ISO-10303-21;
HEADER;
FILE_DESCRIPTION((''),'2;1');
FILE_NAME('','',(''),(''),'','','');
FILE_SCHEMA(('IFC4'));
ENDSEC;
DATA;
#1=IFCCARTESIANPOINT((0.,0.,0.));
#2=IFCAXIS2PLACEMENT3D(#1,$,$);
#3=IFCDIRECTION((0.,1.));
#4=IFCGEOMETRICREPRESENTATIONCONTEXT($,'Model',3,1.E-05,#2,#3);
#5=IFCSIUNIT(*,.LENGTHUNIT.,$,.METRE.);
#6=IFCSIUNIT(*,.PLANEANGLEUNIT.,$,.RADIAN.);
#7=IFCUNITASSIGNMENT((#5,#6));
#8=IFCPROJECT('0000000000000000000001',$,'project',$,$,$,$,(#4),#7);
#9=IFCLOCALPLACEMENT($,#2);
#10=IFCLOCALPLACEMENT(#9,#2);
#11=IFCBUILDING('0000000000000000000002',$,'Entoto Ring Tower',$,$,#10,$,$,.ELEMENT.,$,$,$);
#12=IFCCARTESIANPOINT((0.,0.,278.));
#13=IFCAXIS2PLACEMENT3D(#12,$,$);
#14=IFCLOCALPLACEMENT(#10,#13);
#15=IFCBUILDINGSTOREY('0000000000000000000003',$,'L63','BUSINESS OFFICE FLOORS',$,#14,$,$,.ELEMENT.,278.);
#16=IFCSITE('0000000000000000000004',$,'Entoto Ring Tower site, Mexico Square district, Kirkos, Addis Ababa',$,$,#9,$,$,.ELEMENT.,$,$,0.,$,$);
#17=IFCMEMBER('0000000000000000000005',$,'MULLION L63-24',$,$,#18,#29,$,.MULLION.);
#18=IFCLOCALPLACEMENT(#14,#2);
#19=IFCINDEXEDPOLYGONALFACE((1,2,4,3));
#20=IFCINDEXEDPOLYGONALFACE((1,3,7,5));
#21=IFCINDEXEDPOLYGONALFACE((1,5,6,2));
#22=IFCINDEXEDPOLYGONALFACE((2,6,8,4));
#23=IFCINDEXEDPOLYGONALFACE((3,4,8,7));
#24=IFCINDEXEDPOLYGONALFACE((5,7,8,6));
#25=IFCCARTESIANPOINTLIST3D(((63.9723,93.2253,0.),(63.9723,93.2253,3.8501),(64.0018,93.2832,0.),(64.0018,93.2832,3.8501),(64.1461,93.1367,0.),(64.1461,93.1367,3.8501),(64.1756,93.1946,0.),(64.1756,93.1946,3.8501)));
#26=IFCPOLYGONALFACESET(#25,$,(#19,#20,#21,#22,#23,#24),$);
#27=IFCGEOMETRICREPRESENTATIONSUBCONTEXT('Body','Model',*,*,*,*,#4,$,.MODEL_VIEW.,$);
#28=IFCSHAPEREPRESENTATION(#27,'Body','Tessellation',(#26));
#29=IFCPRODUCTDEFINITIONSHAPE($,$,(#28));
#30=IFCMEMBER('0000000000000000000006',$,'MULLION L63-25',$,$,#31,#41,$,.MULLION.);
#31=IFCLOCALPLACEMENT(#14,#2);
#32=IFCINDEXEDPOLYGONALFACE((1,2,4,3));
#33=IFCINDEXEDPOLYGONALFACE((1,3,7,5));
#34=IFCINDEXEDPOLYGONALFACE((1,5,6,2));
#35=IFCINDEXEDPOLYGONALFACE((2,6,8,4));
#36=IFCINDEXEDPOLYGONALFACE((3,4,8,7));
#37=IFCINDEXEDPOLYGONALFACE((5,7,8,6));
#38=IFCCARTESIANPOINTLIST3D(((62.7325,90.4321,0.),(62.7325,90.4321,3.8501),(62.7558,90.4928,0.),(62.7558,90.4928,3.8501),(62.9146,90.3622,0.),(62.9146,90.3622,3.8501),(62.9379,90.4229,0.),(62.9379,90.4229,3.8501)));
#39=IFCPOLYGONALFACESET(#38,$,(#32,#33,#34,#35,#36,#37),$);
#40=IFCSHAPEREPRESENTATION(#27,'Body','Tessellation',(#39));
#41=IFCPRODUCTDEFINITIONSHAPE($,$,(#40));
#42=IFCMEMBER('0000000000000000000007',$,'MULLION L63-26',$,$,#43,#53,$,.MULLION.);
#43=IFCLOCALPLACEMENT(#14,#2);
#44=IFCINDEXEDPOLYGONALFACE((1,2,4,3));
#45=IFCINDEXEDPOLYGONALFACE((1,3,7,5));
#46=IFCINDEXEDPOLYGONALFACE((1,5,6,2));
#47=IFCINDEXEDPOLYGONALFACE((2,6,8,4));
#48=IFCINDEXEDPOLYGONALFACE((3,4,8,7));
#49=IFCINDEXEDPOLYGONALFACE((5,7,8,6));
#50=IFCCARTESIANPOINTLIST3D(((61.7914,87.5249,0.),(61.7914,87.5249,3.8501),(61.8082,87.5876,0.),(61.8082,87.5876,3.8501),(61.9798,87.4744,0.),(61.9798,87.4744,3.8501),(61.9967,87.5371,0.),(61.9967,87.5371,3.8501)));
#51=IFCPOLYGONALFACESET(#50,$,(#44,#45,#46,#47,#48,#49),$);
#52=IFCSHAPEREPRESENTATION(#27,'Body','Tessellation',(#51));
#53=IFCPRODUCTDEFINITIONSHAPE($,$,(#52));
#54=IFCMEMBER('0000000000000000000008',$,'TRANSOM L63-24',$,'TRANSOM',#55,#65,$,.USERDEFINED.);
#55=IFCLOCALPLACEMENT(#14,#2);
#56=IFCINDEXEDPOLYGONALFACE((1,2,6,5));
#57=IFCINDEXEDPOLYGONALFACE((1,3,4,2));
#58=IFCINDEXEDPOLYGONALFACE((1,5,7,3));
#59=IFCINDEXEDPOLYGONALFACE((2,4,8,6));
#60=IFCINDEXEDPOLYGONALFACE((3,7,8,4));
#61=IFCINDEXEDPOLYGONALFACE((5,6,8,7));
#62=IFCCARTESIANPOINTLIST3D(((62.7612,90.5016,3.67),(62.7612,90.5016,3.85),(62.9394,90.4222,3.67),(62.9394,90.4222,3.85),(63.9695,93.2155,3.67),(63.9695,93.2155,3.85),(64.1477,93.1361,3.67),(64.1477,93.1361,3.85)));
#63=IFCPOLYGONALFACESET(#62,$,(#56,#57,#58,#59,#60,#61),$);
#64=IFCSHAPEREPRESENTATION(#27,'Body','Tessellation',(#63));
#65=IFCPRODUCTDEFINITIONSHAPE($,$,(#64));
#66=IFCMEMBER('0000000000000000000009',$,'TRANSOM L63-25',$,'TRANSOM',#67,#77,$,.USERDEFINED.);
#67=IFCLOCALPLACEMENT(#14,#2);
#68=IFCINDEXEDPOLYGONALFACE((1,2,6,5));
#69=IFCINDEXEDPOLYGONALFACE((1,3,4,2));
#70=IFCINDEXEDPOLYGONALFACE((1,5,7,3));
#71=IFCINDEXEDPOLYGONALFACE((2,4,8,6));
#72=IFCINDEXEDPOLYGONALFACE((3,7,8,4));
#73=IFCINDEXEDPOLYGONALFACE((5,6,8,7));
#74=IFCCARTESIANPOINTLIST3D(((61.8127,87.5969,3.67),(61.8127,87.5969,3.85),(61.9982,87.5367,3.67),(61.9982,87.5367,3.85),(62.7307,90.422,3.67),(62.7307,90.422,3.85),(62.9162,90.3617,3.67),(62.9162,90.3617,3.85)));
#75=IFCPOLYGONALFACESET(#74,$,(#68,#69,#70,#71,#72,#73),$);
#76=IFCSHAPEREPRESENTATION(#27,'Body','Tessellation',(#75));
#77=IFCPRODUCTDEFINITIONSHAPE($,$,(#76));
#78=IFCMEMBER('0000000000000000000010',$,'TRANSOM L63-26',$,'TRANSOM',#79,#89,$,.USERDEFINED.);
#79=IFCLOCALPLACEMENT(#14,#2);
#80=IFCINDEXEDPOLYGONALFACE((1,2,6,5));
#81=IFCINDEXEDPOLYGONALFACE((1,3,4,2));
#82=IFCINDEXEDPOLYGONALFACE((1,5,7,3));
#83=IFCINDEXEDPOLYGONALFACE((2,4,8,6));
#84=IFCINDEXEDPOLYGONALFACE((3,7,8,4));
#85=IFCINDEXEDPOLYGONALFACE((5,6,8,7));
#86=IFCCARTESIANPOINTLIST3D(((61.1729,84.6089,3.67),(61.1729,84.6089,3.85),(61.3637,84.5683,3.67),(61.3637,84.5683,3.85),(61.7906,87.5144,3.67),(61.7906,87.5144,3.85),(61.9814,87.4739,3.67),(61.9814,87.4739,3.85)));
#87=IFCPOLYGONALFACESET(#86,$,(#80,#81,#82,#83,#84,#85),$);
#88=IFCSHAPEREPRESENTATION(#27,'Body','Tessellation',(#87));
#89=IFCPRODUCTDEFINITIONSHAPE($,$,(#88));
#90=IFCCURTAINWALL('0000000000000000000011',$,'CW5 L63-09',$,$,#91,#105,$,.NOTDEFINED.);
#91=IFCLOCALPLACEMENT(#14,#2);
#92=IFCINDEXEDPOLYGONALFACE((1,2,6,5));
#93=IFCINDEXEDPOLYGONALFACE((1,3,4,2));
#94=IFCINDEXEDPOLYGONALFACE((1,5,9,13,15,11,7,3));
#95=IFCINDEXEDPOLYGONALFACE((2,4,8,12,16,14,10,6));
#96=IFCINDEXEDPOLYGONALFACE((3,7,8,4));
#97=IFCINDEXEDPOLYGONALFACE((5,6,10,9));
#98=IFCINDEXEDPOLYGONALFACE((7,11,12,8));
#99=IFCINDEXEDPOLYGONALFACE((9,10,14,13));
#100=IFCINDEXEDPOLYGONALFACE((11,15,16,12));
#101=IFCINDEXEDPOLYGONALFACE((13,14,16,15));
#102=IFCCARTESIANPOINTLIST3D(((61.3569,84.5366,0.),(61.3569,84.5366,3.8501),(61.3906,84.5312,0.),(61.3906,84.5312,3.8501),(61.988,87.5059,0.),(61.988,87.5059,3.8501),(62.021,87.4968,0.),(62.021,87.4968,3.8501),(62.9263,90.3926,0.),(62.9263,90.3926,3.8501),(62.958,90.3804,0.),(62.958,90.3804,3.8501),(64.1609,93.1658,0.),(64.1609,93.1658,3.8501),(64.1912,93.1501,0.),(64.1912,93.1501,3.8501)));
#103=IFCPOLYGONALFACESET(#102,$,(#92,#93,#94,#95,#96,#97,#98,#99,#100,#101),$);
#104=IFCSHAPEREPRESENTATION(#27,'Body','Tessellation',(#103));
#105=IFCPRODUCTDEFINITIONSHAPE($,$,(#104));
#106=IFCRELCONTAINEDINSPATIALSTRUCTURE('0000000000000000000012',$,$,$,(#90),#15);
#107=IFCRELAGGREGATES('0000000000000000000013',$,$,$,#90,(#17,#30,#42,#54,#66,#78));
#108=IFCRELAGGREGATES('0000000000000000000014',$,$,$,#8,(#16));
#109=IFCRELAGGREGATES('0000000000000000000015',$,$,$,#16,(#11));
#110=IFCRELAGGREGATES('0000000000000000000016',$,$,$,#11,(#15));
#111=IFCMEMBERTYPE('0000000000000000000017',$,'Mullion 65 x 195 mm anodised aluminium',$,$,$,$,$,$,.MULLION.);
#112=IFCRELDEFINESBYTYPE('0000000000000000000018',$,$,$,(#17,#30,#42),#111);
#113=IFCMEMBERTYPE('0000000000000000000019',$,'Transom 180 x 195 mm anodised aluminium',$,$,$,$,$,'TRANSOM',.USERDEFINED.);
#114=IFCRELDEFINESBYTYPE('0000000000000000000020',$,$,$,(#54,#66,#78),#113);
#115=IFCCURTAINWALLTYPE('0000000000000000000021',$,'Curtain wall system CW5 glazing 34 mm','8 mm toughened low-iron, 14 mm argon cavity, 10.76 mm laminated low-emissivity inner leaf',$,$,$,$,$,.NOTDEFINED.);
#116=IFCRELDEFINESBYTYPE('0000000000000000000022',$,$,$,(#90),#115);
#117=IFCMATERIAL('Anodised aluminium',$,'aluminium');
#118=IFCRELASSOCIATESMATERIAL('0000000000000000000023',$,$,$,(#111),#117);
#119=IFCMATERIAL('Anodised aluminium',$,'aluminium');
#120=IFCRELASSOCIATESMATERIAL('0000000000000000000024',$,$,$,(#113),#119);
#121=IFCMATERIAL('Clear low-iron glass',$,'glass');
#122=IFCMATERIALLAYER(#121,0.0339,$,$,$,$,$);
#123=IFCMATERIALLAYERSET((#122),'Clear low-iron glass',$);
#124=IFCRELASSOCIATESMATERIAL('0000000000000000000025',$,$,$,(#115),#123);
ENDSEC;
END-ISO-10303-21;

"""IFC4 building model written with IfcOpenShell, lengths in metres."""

from ifc_helpers import new_model, si_unit, direction, frame, origin, origin_2d, place, context, subcontext, project, spatial, polyline, rectangle, outline, extrude, material, layer, layer_set, material_profile, profile_set, type_object, element, aggregate, save


model = new_model("IFC4")

# Units and contexts
model_context = context("Model", 3, precision=1e-05, world=origin(), true_north=direction((0.0, 1.0)))
body_context = subcontext(model_context, "Body", "Model", "MODEL_VIEW")
ifc_project = project(units=[si_unit("LENGTHUNIT", "METRE"), si_unit("PLANEANGLEUNIT", "RADIAN")], contexts=[model_context])

# Members
ifc_material_1 = material(Name="Anodised aluminium", Category="aluminium")
ifc_material_profile_1 = material_profile(ifc_material_1, rectangle(XDim=0.0649, YDim=0.1951, at=origin_2d()), Name="Mullion 65 x 195 mm anodised aluminium")
ifc_profile_set_1 = profile_set([ifc_material_profile_1], Name="Anodised aluminium")
member_type_1 = type_object("IfcMemberType", Name="Mullion 65 x 195 mm anodised aluminium", PredefinedType="MULLION", material=ifc_profile_set_1)
site_placement = place(None, origin())
building_placement = place(site_placement, origin())
storey_placement = place(building_placement, frame((0.0, 0.0, 278.0)))
member_1_placement = place(storey_placement, frame((64.074, 93.21, 0.0), z_axis=(0.0, 0.0, 1.0), x_axis=(-0.45399, -0.891007, 0.0)))
member_1 = element("IfcMember", 1, at=member_1_placement, type_object=member_type_1, Name="MULLION L63-24", PredefinedType="MULLION", context=body_context, shape_type="SweptSolid", body=[
    extrude(rectangle(XDim=0.0649, YDim=0.1951, at=origin_2d()), origin(), (0.0, 0.0, 1.0), 3.8501),
])
member_2_placement = place(storey_placement, frame((62.8352, 90.4275, 0.0), z_axis=(0.0, 0.0, 1.0), x_axis=(-0.358368, -0.93358, 0.0)))
member_2 = element("IfcMember", 2, at=member_2_placement, type_object=member_type_1, Name="MULLION L63-25", PredefinedType="MULLION", context=body_context, shape_type="SweptSolid", body=[
    extrude(rectangle(XDim=0.0649, YDim=0.1951, at=origin_2d()), origin(), (0.0, 0.0, 1.0), 3.8501),
])
member_3_placement = place(storey_placement, frame((61.894, 87.531, 0.0), z_axis=(0.0, 0.0, 1.0), x_axis=(-0.258819, -0.965926, 0.0)))
member_3 = element("IfcMember", 3, at=member_3_placement, type_object=member_type_1, Name="MULLION L63-26", PredefinedType="MULLION", context=body_context, shape_type="SweptSolid", body=[
    extrude(rectangle(XDim=0.0649, YDim=0.1951, at=origin_2d()), origin(), (0.0, 0.0, 1.0), 3.8501),
])
ifc_material_2 = material(Name="Anodised aluminium", Category="aluminium")
ifc_material_profile_2 = material_profile(ifc_material_2, rectangle(XDim=0.1951, YDim=0.1799, at=origin_2d()), Name="Transom 180 x 195 mm anodised aluminium")
ifc_profile_set_2 = profile_set([ifc_material_profile_2], Name="Anodised aluminium")
member_type_2 = type_object("IfcMemberType", Name="Transom 180 x 195 mm anodised aluminium", ElementType="TRANSOM", PredefinedType="USERDEFINED", material=ifc_profile_set_2)
member_4_placement = place(storey_placement, frame((64.0586, 93.1758, 3.76), z_axis=(-0.406726, -0.91355, 0.0), x_axis=(0.91355, -0.406726, 0.0)))
member_4 = element("IfcMember", 4, at=member_4_placement, type_object=member_type_2, Name="TRANSOM L63-24", ObjectType="TRANSOM", PredefinedType="USERDEFINED", context=body_context, shape_type="SweptSolid", body=[
    extrude(rectangle(XDim=0.1951, YDim=0.1799, at=origin_2d()), origin(), (0.0, 0.0, 1.0), 2.9707),
])
member_5_placement = place(storey_placement, frame((62.8235, 90.3918, 3.76), z_axis=(-0.309043, -0.951048, 0.0), x_axis=(0.951048, -0.309043, 0.0)))
member_5 = element("IfcMember", 5, at=member_5_placement, type_object=member_type_2, Name="TRANSOM L63-25", ObjectType="TRANSOM", PredefinedType="USERDEFINED", context=body_context, shape_type="SweptSolid", body=[
    extrude(rectangle(XDim=0.1951, YDim=0.1799, at=origin_2d()), origin(), (0.0, 0.0, 1.0), 2.9705),
])
member_6_placement = place(storey_placement, frame((61.886, 87.4941, 3.76), z_axis=(-0.20794, -0.978142, 0.0), x_axis=(0.978142, -0.20794, 0.0)))
member_6 = element("IfcMember", 6, at=member_6_placement, type_object=member_type_2, Name="TRANSOM L63-26", ObjectType="TRANSOM", PredefinedType="USERDEFINED", context=body_context, shape_type="SweptSolid", body=[
    extrude(rectangle(XDim=0.1951, YDim=0.1799, at=origin_2d()), origin(), (0.0, 0.0, 1.0), 2.9705),
])

# Site, building, storey
site = spatial("IfcSite", under=ifc_project, at=site_placement, Name="Entoto Ring Tower site, Mexico Square district, Kirkos, Addis Ababa", CompositionType="ELEMENT", RefElevation=0.0)
building = spatial("IfcBuilding", under=site, at=building_placement, Name="Entoto Ring Tower", CompositionType="ELEMENT")
storey = spatial("IfcBuildingStorey", under=building, at=storey_placement, Name="L63", Description="BUSINESS OFFICE FLOORS", CompositionType="ELEMENT", Elevation=278.0)

# Curtain wall
ifc_material_3 = material(Name="Clear low-iron glass", Category="glass")
ifc_layer = layer(ifc_material_3, 0.0339)
ifc_layer_set = layer_set([ifc_layer], Name="Clear low-iron glass")
curtain_wall_type = type_object("IfcCurtainWallType", Name="Curtain wall system CW5 glazing 34 mm", Description="8 mm toughened low-iron, 14 mm argon cavity, 10.76 mm laminated low-emissivity inner leaf", PredefinedType="NOTDEFINED", material=ifc_layer_set)
curtain_wall_1_placement = place(storey_placement, origin())
curtain_wall_1 = element("IfcCurtainWall", 7, at=curtain_wall_1_placement, inside=storey, type_object=curtain_wall_type, Name="CW5 L63-09", PredefinedType="NOTDEFINED", context=body_context, shape_type="SweptSolid", body=[
    extrude(outline(polyline([(64.1609, 93.1658), (62.9263, 90.3926), (61.988, 87.5059), (61.3569, 84.5366), (61.3906, 84.5312), (62.021, 87.4968), (62.958, 90.3804), (64.1912, 93.1501), (64.1609, 93.1658)])), origin(), (0.0, 0.0, 1.0), 3.8501),
])
aggregate(curtain_wall_1, [member_1, member_2, member_3, member_4, member_5, member_6])

save(model, "model.ifc")
